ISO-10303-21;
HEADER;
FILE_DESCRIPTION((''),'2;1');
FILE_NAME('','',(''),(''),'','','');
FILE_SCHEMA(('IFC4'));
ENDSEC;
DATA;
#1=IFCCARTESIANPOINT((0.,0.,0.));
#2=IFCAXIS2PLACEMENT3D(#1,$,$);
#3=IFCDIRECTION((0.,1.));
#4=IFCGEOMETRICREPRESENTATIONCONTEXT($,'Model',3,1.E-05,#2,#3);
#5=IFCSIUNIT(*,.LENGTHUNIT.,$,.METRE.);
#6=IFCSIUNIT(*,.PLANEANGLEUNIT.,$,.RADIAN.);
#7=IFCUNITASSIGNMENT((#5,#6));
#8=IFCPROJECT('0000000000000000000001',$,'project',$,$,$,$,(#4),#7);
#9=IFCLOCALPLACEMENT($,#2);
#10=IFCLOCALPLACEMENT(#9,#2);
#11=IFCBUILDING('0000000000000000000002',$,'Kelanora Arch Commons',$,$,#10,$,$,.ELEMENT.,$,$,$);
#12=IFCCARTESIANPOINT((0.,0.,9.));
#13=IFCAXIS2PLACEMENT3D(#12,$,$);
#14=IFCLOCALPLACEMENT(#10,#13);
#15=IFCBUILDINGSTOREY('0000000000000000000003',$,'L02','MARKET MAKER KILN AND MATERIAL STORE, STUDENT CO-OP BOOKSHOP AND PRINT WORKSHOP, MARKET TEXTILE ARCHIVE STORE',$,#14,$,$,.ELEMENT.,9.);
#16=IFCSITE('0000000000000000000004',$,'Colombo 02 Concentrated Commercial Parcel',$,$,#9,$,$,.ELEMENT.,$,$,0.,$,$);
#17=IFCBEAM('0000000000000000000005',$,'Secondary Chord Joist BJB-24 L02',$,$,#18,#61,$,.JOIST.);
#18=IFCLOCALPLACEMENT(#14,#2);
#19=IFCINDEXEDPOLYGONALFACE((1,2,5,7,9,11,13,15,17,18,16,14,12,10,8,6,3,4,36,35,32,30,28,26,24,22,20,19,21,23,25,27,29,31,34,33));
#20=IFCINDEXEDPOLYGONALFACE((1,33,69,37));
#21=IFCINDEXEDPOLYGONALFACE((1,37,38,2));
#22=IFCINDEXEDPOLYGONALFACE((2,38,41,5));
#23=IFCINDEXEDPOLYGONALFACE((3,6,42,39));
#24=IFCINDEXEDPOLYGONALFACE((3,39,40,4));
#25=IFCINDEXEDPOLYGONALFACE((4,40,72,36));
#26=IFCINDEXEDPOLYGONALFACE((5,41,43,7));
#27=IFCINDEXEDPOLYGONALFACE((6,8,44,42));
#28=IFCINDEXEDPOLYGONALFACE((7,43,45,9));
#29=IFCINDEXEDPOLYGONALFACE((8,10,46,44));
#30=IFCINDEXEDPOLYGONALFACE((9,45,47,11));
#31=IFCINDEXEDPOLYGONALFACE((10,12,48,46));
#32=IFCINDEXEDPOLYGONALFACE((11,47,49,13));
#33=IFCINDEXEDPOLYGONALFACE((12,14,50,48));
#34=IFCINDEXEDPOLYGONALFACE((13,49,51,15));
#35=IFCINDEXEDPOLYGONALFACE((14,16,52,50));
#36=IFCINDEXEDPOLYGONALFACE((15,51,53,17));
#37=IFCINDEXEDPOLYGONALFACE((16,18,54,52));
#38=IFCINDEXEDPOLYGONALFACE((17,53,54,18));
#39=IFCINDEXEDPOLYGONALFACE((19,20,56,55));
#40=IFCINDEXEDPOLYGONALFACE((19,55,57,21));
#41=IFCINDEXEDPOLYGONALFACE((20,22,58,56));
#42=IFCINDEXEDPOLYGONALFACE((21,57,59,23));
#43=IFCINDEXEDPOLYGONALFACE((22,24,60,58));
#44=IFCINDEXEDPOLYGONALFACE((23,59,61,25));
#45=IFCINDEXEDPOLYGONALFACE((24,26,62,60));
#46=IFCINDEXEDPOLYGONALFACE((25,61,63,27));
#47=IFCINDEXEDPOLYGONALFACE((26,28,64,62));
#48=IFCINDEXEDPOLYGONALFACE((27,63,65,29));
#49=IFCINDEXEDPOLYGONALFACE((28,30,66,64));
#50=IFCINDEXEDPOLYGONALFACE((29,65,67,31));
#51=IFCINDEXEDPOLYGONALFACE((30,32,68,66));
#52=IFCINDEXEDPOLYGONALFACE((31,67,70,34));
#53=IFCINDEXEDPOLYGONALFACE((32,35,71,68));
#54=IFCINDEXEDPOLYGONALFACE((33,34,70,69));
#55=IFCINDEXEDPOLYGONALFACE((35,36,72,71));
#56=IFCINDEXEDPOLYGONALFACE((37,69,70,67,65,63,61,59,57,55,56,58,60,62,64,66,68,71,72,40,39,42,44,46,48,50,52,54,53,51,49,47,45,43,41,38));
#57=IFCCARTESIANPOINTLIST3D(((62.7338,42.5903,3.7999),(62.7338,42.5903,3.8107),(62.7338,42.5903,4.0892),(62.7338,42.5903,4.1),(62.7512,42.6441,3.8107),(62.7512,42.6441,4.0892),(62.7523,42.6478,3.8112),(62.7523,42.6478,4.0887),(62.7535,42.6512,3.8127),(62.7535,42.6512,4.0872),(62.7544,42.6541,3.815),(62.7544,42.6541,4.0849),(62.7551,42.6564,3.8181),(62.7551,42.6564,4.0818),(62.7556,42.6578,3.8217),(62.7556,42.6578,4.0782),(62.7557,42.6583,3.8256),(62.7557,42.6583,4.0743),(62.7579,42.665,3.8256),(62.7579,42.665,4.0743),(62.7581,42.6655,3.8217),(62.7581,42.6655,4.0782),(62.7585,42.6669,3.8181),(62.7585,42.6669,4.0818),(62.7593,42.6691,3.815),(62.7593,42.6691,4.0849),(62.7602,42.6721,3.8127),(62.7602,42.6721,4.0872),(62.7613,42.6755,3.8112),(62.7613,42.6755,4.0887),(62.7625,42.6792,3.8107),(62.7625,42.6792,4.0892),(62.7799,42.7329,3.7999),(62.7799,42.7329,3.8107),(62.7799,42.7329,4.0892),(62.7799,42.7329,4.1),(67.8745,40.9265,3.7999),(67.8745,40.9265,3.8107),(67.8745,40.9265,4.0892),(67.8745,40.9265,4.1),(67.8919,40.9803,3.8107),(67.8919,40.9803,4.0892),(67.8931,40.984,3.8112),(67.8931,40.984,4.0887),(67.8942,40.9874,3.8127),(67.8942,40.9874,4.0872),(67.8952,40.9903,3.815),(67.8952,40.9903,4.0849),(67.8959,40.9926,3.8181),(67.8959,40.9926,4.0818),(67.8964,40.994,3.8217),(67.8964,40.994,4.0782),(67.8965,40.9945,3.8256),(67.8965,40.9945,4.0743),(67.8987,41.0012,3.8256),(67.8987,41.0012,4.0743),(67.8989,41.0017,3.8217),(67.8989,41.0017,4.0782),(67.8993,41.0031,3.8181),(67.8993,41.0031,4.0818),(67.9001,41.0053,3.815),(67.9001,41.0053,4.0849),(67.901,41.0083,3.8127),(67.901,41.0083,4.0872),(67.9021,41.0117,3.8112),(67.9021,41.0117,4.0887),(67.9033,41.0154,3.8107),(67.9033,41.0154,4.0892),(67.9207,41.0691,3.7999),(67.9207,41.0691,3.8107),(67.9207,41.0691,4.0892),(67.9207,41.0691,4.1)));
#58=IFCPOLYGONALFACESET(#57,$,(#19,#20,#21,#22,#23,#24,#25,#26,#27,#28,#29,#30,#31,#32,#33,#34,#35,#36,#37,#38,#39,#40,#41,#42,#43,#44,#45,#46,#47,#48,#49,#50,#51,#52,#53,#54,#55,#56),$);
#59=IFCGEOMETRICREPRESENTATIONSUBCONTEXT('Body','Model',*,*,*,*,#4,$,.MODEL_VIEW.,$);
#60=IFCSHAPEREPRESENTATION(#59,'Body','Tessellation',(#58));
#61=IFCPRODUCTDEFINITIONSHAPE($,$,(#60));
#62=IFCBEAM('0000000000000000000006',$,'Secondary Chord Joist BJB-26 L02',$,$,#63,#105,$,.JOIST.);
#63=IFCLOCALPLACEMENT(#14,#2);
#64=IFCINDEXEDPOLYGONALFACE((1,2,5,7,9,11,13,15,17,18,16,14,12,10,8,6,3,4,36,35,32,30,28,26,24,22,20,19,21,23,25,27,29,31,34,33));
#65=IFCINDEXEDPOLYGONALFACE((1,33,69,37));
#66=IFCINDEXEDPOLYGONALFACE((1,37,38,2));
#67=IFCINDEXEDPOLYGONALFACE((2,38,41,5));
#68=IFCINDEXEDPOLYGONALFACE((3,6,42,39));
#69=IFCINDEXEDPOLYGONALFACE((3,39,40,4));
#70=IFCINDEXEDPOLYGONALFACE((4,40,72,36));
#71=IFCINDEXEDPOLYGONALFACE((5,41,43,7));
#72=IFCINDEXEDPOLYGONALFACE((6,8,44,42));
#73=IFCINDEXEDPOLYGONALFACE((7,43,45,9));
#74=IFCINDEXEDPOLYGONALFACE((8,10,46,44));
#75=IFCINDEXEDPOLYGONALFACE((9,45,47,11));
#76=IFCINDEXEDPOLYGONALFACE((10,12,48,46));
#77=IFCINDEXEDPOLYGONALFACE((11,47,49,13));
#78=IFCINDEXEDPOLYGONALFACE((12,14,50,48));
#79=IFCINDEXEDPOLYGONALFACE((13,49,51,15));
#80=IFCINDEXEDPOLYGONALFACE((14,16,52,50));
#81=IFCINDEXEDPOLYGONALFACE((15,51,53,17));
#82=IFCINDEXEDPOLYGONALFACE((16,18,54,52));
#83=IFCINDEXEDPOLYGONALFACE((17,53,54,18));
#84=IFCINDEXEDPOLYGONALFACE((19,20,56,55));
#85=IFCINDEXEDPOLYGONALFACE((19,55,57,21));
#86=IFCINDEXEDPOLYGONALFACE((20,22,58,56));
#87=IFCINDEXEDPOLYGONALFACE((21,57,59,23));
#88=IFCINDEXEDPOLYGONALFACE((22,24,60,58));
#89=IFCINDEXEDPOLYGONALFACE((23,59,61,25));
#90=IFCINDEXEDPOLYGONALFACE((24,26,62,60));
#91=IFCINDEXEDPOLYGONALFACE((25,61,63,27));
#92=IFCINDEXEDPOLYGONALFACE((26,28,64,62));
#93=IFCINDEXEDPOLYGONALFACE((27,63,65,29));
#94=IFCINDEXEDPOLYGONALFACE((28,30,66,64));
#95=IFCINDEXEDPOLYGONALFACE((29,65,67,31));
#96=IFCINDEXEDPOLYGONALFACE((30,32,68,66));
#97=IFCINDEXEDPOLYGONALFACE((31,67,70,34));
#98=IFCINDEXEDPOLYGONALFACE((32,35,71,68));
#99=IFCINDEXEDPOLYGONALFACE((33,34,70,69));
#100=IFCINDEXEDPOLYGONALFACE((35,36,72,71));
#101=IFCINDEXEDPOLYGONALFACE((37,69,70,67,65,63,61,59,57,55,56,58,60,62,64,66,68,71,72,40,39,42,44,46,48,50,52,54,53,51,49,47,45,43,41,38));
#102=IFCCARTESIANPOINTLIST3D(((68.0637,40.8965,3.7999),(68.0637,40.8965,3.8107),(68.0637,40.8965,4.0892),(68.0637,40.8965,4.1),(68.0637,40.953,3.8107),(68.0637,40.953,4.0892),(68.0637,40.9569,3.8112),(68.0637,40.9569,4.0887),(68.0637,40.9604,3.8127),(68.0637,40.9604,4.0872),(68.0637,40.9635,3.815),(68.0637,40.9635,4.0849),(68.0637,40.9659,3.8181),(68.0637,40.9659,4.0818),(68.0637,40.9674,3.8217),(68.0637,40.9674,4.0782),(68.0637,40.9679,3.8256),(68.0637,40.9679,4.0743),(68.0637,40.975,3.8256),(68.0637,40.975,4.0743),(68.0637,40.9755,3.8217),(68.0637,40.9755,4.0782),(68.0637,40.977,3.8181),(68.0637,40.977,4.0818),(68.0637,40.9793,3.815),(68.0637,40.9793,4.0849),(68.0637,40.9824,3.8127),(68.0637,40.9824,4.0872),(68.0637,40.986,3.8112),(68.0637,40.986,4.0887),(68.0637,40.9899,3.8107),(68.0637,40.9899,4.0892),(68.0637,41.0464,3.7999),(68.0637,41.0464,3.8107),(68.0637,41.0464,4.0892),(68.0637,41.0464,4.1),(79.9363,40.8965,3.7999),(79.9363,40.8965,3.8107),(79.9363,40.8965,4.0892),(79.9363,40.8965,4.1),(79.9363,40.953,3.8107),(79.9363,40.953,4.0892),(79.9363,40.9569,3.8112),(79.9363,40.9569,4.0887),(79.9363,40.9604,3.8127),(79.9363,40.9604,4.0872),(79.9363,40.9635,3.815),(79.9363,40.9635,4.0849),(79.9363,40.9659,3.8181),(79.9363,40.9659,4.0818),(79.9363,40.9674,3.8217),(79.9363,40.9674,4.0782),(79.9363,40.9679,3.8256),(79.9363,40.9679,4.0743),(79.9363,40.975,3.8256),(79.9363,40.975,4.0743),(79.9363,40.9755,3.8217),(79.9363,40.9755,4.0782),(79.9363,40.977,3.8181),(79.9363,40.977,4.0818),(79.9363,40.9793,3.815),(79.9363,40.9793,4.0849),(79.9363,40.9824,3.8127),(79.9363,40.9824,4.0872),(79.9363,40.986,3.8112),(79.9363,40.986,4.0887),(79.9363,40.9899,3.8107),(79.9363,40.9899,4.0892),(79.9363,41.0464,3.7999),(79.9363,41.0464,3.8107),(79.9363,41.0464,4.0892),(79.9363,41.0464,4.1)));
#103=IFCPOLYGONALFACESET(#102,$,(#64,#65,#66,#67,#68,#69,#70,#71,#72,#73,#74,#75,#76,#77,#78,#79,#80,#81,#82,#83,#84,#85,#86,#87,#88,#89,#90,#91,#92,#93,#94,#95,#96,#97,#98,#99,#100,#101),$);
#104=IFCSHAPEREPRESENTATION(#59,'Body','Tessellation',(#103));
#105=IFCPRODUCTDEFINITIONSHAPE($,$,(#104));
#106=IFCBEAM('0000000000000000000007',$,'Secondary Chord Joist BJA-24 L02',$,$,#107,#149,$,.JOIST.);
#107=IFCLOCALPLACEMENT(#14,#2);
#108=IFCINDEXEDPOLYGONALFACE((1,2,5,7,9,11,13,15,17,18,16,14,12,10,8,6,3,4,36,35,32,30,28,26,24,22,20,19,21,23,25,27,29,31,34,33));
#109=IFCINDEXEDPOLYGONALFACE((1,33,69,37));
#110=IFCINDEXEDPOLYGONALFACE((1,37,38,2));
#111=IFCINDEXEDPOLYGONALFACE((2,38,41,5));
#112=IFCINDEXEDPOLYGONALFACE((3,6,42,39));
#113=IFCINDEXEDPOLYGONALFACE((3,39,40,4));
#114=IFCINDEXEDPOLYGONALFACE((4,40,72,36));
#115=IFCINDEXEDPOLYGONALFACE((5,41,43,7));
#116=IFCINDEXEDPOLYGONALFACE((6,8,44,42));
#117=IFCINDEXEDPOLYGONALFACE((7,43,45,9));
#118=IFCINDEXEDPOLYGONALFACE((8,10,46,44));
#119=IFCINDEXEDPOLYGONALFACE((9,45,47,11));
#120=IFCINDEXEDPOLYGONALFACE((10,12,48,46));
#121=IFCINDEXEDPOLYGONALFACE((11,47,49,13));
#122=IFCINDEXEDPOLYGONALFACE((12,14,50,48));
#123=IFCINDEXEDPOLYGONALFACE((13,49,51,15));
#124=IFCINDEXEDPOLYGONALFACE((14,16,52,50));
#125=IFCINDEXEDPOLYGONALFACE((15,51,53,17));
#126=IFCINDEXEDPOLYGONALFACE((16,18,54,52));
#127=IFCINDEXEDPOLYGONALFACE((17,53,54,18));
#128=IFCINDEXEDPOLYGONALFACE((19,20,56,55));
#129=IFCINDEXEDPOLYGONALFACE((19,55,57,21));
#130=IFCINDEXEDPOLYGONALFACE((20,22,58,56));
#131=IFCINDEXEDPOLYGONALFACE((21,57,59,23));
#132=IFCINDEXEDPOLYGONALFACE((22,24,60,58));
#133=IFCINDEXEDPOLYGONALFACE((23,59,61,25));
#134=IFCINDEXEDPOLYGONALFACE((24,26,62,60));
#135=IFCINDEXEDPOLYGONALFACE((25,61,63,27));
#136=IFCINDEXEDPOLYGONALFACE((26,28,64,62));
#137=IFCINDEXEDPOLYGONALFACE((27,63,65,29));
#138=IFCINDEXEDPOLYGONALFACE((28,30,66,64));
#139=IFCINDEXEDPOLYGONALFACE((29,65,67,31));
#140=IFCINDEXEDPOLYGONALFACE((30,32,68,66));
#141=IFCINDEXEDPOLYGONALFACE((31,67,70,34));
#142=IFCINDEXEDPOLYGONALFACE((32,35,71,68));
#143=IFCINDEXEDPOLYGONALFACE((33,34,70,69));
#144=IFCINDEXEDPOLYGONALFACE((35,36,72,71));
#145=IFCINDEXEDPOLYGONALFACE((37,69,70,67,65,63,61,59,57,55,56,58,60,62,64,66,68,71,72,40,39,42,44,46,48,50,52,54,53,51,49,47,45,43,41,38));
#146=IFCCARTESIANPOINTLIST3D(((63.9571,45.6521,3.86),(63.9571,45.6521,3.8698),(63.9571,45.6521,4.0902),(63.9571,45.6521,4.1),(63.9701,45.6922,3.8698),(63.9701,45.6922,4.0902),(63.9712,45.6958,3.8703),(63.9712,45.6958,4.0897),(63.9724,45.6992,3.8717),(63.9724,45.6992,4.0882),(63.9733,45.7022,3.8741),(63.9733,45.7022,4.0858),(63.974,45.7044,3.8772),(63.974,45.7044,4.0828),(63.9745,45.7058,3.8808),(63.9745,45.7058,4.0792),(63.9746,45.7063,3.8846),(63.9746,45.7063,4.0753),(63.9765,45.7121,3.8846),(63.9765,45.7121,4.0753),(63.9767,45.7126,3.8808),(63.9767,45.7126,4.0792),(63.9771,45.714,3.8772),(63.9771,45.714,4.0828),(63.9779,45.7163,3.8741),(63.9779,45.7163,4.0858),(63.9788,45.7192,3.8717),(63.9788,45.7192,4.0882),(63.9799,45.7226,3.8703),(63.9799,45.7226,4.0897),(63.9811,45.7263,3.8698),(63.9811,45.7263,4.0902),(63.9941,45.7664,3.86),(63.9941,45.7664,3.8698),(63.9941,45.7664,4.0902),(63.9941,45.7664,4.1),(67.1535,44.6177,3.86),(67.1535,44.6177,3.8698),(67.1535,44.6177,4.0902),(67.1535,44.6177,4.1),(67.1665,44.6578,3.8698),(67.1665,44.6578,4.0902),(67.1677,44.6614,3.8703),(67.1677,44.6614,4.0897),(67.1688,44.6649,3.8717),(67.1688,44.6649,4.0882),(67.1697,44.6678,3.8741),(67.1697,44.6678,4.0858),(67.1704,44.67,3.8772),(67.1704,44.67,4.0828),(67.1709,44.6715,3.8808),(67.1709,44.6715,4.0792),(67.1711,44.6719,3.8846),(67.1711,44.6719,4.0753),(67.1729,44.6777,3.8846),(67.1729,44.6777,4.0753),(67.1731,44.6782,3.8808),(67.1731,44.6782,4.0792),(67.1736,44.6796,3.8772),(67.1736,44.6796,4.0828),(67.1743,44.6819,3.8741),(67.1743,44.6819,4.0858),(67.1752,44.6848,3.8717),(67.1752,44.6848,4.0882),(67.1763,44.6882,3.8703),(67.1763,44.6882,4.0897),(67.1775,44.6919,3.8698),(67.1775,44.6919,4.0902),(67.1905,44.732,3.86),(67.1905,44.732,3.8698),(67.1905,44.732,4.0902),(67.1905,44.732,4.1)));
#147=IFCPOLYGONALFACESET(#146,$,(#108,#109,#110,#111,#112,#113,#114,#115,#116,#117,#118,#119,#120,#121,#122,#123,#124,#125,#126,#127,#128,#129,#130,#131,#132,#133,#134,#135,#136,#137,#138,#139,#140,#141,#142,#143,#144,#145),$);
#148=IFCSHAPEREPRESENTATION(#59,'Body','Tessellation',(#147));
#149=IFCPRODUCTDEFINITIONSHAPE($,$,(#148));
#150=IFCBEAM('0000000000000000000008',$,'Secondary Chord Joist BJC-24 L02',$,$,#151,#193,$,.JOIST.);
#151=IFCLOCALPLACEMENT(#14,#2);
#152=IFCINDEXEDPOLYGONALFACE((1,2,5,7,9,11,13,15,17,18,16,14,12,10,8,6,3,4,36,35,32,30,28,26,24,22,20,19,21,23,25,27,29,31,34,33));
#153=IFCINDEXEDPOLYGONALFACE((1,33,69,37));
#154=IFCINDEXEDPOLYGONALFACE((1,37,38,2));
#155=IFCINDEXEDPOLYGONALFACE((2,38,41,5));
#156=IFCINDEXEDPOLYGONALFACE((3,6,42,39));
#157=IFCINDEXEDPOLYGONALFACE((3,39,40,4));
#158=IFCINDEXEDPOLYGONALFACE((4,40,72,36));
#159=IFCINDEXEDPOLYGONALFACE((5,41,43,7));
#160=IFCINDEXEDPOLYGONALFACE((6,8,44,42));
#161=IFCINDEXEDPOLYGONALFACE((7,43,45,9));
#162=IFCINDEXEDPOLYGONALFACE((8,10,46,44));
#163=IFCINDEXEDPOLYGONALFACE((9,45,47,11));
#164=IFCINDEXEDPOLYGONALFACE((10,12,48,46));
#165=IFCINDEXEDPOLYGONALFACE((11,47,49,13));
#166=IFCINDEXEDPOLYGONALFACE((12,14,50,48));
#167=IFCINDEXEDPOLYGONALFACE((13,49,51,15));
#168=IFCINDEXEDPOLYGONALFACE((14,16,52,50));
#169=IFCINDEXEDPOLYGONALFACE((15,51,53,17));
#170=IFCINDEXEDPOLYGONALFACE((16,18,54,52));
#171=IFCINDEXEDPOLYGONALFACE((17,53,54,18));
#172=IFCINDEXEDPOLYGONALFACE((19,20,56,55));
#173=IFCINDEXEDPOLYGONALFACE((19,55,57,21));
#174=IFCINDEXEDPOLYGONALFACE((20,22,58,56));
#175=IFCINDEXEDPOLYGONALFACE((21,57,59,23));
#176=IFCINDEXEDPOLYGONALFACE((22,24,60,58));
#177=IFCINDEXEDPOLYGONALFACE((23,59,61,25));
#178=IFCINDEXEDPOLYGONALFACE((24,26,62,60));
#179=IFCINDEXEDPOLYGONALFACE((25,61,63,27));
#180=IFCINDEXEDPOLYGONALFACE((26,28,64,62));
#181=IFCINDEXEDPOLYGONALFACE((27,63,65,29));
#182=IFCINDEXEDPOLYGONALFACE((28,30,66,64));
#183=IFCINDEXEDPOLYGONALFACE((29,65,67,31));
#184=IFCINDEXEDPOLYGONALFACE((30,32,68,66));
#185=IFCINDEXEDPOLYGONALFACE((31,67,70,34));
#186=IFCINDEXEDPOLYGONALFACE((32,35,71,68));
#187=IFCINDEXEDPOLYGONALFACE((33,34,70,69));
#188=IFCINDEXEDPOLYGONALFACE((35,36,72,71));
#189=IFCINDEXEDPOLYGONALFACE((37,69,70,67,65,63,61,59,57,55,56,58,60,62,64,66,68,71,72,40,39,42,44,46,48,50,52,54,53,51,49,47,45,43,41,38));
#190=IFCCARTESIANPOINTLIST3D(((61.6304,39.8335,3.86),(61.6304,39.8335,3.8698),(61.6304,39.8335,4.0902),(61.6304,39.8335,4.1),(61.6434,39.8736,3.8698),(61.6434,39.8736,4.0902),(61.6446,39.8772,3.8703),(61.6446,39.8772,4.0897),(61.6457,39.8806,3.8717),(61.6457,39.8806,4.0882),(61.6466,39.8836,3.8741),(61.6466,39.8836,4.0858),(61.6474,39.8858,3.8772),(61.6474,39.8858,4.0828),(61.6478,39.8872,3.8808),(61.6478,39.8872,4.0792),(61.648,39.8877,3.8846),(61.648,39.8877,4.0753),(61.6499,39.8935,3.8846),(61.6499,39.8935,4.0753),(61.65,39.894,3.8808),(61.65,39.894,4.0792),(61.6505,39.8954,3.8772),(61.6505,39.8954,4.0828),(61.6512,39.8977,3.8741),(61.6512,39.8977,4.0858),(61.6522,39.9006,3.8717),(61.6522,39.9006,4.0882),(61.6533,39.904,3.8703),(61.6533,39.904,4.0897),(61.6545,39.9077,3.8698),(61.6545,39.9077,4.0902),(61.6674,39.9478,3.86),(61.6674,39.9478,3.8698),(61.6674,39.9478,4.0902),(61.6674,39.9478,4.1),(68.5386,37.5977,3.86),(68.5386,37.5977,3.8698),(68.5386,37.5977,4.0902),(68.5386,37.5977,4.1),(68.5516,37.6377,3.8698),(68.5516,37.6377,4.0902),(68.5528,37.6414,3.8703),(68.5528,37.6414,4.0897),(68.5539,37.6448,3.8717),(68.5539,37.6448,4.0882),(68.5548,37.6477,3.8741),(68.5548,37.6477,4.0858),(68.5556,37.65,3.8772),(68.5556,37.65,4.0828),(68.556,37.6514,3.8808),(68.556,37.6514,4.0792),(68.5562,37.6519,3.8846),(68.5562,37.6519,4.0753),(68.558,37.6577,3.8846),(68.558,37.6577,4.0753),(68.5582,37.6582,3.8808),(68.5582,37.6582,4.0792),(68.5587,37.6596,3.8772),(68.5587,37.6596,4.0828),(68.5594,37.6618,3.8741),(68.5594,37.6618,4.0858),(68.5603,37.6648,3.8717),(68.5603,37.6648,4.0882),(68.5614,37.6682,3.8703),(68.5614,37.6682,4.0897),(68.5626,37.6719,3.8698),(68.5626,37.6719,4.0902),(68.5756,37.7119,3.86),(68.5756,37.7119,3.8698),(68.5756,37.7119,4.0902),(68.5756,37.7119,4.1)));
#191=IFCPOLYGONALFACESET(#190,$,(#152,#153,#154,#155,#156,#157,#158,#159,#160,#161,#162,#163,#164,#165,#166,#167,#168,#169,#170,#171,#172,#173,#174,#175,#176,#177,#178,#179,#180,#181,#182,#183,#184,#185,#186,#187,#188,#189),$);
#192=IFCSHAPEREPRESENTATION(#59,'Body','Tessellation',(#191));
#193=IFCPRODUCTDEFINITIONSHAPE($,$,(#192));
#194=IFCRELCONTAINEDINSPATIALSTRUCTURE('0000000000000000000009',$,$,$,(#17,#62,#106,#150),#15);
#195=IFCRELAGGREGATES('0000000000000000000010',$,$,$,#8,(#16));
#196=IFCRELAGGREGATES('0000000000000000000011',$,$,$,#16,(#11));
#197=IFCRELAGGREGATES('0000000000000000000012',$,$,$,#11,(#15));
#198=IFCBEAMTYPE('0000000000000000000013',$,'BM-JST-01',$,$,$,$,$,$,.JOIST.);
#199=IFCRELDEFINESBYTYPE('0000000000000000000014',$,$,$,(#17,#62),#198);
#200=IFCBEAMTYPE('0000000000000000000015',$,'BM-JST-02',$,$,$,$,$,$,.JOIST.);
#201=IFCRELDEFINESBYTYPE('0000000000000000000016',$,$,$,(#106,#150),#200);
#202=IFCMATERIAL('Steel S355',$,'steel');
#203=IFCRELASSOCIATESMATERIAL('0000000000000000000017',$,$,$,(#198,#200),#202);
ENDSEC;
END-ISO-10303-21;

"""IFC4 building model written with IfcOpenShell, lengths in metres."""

from ifc_helpers import new_model, si_unit, direction, frame, origin, origin_2d, place, context, subcontext, project, spatial, i_section, extrude, material, material_profile, profile_set, type_object, element, save


model = new_model("IFC4")

# Units and contexts
model_context = context("Model", 3, precision=1e-05, world=origin(), true_north=direction((0.0, 1.0)))
body_context = subcontext(model_context, "Body", "Model", "MODEL_VIEW")
ifc_project = project(units=[si_unit("LENGTHUNIT", "METRE"), si_unit("PLANEANGLEUNIT", "RADIAN")], contexts=[model_context])

# Site, building, storey
site_placement = place(None, origin())
site = spatial("IfcSite", under=ifc_project, at=site_placement, Name="Colombo 02 Concentrated Commercial Parcel", CompositionType="ELEMENT", RefElevation=0.0)
building_placement = place(site_placement, origin())
building = spatial("IfcBuilding", under=site, at=building_placement, Name="Kelanora Arch Commons", CompositionType="ELEMENT")
storey_placement = place(building_placement, frame((0.0, 0.0, 9.0)))
storey = spatial("IfcBuildingStorey", under=building, at=storey_placement, Name="L02", Description="MARKET MAKER KILN AND MATERIAL STORE, STUDENT CO-OP BOOKSHOP AND PRINT WORKSHOP, MARKET TEXTILE ARCHIVE STORE", CompositionType="ELEMENT", Elevation=9.0)

# Beams
ifc_material_1 = material(Name="Steel S355", Category="steel")
ifc_material_profile_1 = material_profile(ifc_material_1, i_section(OverallWidth=0.1499, OverallDepth=0.3, WebThickness=0.0071, FlangeThickness=0.0107, FilletRadius=0.0149, at=origin_2d()), Name="IPE300")
ifc_profile_set_1 = profile_set([ifc_material_profile_1], Name="Steel S355")
beam_type_1 = type_object("IfcBeamType", Name="BM-JST-01", PredefinedType="JOIST", material=ifc_profile_set_1)
beam_1_placement = place(storey_placement, frame((62.7568, 42.6616, 3.95), z_axis=(0.951412, -0.30792, 0.0), x_axis=(0.30792, 0.951412, 0.0)))
element("IfcBeam", 1, at=beam_1_placement, inside=storey, type_object=beam_type_1, Name="Secondary Chord Joist BJB-24 L02", PredefinedType="JOIST", context=body_context, shape_type="SweptSolid", body=[
    extrude(i_section(OverallWidth=0.1499, OverallDepth=0.3, WebThickness=0.0071, FlangeThickness=0.0107, FilletRadius=0.0149, at=origin_2d()), origin(), (0.0, 0.0, 1.0), 5.4033),
])
beam_2_placement = place(storey_placement, frame((68.0637, 40.9714, 3.95), z_axis=(1.0, 0.0, 0.0), x_axis=(0.0, 1.0, 0.0)))
element("IfcBeam", 2, at=beam_2_placement, inside=storey, type_object=beam_type_1, Name="Secondary Chord Joist BJB-26 L02", PredefinedType="JOIST", context=body_context, shape_type="SweptSolid", body=[
    extrude(i_section(OverallWidth=0.1499, OverallDepth=0.3, WebThickness=0.0071, FlangeThickness=0.0107, FilletRadius=0.0149, at=origin_2d()), origin(), (0.0, 0.0, 1.0), 11.8726),
])
ifc_material_profile_2 = material_profile(ifc_material_1, i_section(OverallWidth=0.1201, OverallDepth=0.24, WebThickness=0.0061, FlangeThickness=0.0098, FilletRadius=0.0149, at=origin_2d()), Name="IPE240")
ifc_profile_set_2 = profile_set([ifc_material_profile_2], Name="Steel S355")
beam_type_2 = type_object("IfcBeamType", Name="BM-JST-02", PredefinedType="JOIST", material=ifc_profile_set_2)
beam_3_placement = place(storey_placement, frame((63.9756, 45.7092, 3.98), z_axis=(0.951423, -0.307888, 0.0), x_axis=(0.307888, 0.951423, 0.0)))
element("IfcBeam", 3, at=beam_3_placement, inside=storey, type_object=beam_type_2, Name="Secondary Chord Joist BJA-24 L02", PredefinedType="JOIST", context=body_context, shape_type="SweptSolid", body=[
    extrude(i_section(OverallWidth=0.1201, OverallDepth=0.24, WebThickness=0.0061, FlangeThickness=0.0098, FilletRadius=0.0149, at=origin_2d()), origin(), (0.0, 0.0, 1.0), 3.3596),
])
beam_4_placement = place(storey_placement, frame((61.6489, 39.8906, 3.98), z_axis=(0.951411, -0.307924, 0.0), x_axis=(0.307924, 0.951411, 0.0)))
element("IfcBeam", 4, at=beam_4_placement, inside=storey, type_object=beam_type_2, Name="Secondary Chord Joist BJC-24 L02", PredefinedType="JOIST", context=body_context, shape_type="SweptSolid", body=[
    extrude(i_section(OverallWidth=0.1201, OverallDepth=0.24, WebThickness=0.0061, FlangeThickness=0.0098, FilletRadius=0.0149, at=origin_2d()), origin(), (0.0, 0.0, 1.0), 7.261),
])

save(model, "model.ifc")
